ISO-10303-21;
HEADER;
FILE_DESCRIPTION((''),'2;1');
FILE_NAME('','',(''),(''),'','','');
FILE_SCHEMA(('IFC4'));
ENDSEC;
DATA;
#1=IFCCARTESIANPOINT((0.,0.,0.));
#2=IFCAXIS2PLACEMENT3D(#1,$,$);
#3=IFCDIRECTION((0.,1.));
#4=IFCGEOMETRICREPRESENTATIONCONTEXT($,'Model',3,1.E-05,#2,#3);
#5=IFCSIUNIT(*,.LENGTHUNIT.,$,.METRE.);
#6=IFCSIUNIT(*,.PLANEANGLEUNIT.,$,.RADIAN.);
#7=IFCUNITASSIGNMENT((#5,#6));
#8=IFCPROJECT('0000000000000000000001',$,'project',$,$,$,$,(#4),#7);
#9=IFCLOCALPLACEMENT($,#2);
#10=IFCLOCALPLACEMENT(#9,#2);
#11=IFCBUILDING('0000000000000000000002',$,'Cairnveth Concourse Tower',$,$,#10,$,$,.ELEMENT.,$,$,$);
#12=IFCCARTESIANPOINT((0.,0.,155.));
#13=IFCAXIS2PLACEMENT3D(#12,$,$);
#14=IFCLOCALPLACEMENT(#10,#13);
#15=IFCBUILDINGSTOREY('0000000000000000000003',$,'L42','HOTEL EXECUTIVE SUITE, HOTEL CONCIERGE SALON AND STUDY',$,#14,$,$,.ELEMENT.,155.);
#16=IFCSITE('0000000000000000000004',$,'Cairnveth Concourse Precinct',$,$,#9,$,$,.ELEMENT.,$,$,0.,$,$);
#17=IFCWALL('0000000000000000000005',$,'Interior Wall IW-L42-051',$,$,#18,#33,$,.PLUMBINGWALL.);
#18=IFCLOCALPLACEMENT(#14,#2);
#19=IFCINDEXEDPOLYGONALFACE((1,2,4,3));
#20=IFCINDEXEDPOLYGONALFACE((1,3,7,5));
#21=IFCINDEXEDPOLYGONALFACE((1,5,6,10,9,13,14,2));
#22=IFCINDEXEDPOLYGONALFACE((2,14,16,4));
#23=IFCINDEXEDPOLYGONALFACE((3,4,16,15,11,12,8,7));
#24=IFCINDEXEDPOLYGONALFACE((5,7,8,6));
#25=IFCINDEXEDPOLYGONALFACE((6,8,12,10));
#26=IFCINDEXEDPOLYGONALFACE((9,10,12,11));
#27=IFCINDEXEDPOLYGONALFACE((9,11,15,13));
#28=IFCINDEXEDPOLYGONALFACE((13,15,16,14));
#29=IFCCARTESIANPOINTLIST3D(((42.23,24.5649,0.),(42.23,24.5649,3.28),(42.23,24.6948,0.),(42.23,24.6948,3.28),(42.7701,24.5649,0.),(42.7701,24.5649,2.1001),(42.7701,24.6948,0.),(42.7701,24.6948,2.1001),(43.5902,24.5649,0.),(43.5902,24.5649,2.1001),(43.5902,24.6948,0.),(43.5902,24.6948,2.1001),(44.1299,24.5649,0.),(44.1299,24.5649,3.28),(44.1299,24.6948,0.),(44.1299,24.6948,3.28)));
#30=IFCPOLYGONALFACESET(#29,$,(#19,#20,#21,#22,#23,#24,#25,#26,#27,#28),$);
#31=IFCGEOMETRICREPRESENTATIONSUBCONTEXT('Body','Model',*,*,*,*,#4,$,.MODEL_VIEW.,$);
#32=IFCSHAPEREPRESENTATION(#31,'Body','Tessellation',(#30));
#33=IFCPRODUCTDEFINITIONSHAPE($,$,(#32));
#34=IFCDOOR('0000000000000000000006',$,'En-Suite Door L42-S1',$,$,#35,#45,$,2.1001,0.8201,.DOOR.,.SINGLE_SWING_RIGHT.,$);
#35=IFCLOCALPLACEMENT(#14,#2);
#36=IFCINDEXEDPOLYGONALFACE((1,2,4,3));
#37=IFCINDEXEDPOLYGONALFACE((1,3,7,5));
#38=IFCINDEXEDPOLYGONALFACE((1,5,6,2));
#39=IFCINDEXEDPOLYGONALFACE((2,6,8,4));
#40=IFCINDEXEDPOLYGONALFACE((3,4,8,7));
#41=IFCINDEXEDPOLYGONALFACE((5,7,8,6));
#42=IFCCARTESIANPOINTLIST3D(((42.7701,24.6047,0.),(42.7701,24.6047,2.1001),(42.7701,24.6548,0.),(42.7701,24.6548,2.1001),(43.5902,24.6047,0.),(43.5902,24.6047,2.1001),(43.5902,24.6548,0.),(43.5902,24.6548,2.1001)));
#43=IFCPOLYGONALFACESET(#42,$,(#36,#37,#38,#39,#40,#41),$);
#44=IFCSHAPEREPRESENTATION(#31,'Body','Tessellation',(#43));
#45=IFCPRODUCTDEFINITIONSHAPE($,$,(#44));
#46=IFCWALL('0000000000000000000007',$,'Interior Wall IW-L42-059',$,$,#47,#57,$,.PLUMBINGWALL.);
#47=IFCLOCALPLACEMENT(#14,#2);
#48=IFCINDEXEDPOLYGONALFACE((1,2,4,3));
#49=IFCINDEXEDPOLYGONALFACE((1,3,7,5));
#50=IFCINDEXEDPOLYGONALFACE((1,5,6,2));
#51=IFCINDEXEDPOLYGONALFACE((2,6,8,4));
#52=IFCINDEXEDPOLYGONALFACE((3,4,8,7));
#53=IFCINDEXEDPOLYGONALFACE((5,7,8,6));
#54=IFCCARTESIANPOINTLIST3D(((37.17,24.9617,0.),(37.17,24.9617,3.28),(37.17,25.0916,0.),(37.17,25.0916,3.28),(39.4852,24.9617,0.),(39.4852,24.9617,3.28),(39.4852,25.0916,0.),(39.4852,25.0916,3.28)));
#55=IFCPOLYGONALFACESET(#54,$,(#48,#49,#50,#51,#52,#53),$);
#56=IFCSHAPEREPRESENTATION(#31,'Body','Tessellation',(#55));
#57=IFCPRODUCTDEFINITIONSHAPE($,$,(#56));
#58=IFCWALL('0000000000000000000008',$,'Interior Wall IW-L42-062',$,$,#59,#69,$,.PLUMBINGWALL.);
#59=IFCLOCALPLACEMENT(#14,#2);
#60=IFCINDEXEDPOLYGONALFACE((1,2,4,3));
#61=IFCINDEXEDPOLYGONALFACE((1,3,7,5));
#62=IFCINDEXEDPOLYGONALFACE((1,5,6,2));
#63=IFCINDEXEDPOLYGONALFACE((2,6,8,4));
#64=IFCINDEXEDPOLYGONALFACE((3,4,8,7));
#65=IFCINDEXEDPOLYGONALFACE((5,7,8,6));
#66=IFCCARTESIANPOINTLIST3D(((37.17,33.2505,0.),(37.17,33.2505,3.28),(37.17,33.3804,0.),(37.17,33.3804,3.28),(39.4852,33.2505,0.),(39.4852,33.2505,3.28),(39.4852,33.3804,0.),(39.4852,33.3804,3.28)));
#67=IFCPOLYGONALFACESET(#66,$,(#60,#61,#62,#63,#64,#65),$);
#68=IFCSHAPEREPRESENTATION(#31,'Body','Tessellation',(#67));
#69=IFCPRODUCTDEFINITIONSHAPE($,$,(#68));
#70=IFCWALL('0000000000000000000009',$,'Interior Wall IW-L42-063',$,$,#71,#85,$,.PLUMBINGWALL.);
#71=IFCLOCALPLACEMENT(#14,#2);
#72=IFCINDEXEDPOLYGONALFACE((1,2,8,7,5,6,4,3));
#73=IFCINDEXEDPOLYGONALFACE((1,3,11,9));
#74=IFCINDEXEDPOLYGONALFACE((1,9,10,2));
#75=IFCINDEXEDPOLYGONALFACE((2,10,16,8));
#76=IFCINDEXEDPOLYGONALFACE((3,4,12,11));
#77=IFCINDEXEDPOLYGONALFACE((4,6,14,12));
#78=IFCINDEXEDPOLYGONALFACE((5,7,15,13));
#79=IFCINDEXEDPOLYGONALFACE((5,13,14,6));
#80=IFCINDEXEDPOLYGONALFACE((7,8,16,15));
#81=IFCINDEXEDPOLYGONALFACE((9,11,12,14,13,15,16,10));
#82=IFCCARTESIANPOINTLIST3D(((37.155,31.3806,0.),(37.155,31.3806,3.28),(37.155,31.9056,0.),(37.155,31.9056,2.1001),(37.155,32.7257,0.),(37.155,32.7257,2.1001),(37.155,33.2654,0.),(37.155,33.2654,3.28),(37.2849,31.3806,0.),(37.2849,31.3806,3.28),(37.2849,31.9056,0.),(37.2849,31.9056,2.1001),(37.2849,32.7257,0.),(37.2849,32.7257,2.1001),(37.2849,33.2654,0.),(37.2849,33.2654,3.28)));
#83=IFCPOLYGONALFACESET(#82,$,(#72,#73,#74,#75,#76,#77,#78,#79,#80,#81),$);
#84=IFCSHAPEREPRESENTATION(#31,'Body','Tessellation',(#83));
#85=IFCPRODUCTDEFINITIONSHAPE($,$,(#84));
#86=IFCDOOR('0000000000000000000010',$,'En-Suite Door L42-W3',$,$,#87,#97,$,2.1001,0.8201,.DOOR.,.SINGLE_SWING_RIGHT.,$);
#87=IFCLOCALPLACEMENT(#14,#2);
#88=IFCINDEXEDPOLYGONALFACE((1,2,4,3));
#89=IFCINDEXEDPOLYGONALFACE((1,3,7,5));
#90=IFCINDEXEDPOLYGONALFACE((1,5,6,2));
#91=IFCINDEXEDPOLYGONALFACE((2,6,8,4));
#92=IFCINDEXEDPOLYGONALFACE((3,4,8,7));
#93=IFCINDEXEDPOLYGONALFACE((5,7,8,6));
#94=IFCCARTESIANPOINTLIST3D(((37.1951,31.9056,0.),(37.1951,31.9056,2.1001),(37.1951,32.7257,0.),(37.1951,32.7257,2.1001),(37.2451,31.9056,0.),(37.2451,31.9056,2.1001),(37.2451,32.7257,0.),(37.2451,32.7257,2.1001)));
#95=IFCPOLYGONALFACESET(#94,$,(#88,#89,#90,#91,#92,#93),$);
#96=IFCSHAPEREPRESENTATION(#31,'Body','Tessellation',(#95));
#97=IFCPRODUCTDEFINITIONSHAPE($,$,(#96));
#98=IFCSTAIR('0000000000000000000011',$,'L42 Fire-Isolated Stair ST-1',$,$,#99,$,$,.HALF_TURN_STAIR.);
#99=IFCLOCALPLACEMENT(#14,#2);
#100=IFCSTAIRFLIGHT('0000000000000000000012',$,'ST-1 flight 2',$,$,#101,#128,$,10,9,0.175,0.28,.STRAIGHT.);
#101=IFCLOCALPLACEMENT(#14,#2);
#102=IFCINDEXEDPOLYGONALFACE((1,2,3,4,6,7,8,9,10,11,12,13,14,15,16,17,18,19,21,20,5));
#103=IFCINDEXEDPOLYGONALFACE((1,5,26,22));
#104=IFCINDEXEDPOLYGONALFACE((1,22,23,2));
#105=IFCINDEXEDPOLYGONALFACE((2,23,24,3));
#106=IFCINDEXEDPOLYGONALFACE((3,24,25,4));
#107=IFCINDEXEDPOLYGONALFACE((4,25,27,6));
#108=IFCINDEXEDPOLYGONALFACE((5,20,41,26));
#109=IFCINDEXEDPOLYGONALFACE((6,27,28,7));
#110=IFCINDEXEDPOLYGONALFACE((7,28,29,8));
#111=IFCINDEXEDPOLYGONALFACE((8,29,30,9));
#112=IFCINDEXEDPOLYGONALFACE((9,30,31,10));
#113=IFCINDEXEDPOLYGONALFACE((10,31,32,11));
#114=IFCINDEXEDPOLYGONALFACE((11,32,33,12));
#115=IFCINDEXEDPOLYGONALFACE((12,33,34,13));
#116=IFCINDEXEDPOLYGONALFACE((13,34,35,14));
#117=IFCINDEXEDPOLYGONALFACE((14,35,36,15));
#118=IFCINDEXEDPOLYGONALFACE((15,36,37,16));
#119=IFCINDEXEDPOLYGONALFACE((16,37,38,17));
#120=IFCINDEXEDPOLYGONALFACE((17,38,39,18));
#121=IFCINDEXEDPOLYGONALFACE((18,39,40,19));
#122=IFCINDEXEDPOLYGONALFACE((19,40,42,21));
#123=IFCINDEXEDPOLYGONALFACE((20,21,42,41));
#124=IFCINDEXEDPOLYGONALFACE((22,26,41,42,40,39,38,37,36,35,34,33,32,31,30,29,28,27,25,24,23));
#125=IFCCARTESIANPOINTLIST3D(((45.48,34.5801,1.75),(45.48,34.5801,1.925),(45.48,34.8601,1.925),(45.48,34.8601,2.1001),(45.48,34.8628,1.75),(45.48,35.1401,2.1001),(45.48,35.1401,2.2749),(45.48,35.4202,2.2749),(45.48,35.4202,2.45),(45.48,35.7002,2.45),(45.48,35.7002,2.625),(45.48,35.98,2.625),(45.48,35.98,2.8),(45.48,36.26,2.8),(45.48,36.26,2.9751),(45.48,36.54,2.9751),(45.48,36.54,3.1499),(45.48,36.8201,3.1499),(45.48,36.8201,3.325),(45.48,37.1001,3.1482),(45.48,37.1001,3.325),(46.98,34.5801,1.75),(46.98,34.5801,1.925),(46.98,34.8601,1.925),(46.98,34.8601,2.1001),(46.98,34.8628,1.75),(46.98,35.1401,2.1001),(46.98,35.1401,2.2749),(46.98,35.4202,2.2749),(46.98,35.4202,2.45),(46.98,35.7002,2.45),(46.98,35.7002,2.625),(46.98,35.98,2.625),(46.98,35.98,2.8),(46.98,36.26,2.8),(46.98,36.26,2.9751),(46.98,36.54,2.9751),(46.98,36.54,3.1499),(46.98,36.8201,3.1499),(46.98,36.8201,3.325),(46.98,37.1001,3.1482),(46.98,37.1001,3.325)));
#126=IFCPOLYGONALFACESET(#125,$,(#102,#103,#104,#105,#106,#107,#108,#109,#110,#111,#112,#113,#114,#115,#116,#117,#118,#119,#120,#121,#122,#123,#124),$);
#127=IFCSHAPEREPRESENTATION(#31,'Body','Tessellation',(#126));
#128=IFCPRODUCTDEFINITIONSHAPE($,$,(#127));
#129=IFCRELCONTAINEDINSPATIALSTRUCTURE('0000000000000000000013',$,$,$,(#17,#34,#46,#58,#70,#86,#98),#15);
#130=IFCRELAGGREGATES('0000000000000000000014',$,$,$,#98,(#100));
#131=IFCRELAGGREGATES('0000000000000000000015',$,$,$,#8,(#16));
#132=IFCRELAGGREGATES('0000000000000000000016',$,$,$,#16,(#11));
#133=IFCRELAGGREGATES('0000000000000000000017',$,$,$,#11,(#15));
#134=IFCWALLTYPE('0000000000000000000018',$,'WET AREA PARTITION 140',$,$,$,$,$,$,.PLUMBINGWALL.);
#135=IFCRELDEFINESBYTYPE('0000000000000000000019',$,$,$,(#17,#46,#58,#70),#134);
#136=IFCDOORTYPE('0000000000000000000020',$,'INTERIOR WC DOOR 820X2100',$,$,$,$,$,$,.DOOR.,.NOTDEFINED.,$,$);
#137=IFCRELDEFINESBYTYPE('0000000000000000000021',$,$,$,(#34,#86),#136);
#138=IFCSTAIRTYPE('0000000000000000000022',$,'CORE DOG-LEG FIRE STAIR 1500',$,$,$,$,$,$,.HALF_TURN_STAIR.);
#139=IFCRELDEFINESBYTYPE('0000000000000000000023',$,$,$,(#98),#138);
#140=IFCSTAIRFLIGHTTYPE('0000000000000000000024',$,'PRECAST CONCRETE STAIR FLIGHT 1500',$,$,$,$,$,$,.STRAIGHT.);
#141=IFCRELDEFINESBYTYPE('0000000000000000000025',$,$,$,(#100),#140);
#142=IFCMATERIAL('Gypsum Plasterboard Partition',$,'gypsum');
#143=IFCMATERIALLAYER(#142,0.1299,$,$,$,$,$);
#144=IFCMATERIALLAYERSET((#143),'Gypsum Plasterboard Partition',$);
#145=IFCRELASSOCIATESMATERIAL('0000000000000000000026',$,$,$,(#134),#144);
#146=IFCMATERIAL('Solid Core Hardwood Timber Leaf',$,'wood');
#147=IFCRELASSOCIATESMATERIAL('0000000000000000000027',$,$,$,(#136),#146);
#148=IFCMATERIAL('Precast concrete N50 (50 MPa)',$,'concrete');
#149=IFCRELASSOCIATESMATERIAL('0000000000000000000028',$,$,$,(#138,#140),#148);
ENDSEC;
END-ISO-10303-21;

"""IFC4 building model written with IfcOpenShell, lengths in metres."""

from ifc_helpers import new_model, si_unit, direction, frame, frame_2d, origin, place, context, subcontext, project, spatial, polyline, rectangle, outline, extrude, material, layer, layer_set, type_object, element, fill, aggregate, save


model = new_model("IFC4")

# Units and contexts
model_context = context("Model", 3, precision=1e-05, world=origin(), true_north=direction((0.0, 1.0)))
body_context = subcontext(model_context, "Body", "Model", "MODEL_VIEW")
ifc_project = project(units=[si_unit("LENGTHUNIT", "METRE"), si_unit("PLANEANGLEUNIT", "RADIAN")], contexts=[model_context])

# Site, building, storey
site_placement = place(None, origin())
site = spatial("IfcSite", under=ifc_project, at=site_placement, Name="Cairnveth Concourse Precinct", CompositionType="ELEMENT", RefElevation=0.0)
building_placement = place(site_placement, origin())
building = spatial("IfcBuilding", under=site, at=building_placement, Name="Cairnveth Concourse Tower", CompositionType="ELEMENT")
storey_placement = place(building_placement, frame((0.0, 0.0, 155.0)))
storey = spatial("IfcBuildingStorey", under=building, at=storey_placement, Name="L42", Description="HOTEL EXECUTIVE SUITE, HOTEL CONCIERGE SALON AND STUDY", CompositionType="ELEMENT", Elevation=155.0)

# Shared definitions
ifc_material_1 = material(Name="Gypsum Plasterboard Partition", Category="gypsum")

# Shared definitions
ifc_material_2 = material(Name="Solid Core Hardwood Timber Leaf", Category="wood")

# Shared definitions
ifc_layer_1 = layer(ifc_material_1, 0.1299)
ifc_layer_set_1 = layer_set([ifc_layer_1], Name="Gypsum Plasterboard Partition")
wall_type_1 = type_object("IfcWallType", Name="WET AREA PARTITION 140", PredefinedType="PLUMBINGWALL", material=ifc_layer_set_1)

# Wall, opening, door
wall_1_placement = place(storey_placement, frame((42.23, 24.6299, 0.0), z_axis=(0.0, 0.0, 1.0), x_axis=(1.0, 0.0, 0.0)))
wall_1 = element("IfcWall", 1, at=wall_1_placement, inside=storey, type_object=wall_type_1, Name="Interior Wall IW-L42-051", PredefinedType="PLUMBINGWALL", context=body_context, shape_type="SweptSolid", body=[
    extrude(rectangle(XDim=1.8999, YDim=0.1299, at=frame_2d((0.95, 0.0))), origin(), (0.0, 0.0, 1.0), 3.28),
])
opening_1_placement = place(wall_1_placement, frame((0.54, 0.0, 0.0)))
opening_1 = element("IfcOpeningElement", 2, at=opening_1_placement, cuts=wall_1, PredefinedType="OPENING", context=body_context, shape_type="SweptSolid", body=[
    extrude(rectangle(XDim=0.8201, YDim=2.1001, at=frame_2d((0.4102, 1.05))), frame((0.0, 0.075, 0.0), z_axis=(0.0, -1.0, 0.0), x_axis=(1.0, 0.0, 0.0)), (0.0, 0.0, 1.0), 0.1499),
])
door_type_1 = type_object("IfcDoorType", Name="INTERIOR WC DOOR 820X2100", OperationType="NOTDEFINED", PredefinedType="DOOR", material=ifc_material_2)
door_1_placement = place(opening_1_placement, origin())
door_1 = element("IfcDoor", 3, at=door_1_placement, inside=storey, type_object=door_type_1, Name="En-Suite Door L42-S1", OperationType="SINGLE_SWING_RIGHT", OverallHeight=2.1001, OverallWidth=0.8201, PredefinedType="DOOR", context=body_context, shape_type="SweptSolid", body=[
    extrude(rectangle(XDim=0.8201, YDim=2.1001, at=frame_2d((0.4102, 1.05))), frame((0.0, 0.0249, 0.0), z_axis=(0.0, -1.0, 0.0), x_axis=(1.0, 0.0, 0.0)), (0.0, 0.0, 1.0), 0.05),
])
fill(opening_1, door_1)

# Walls
for number, where, z_axis, x_axis, name in (
    (4, (37.1699, 25.0266, 0.0), (0.0, 0.0, 1.0), (1.0, 0.0, 0.0), "Interior Wall IW-L42-059"),
    (5, (37.1699, 33.3154, 0.0), (0.0, 0.0, 1.0), (1.0, 0.0, 0.0), "Interior Wall IW-L42-062"),
):
    element("IfcWall", number, at=place(storey_placement, frame(where, z_axis=z_axis, x_axis=x_axis)), inside=storey, type_object=wall_type_1, Name=name, PredefinedType="PLUMBINGWALL", context=body_context, shape_type="SweptSolid", body=[
        extrude(rectangle(XDim=2.3152, YDim=0.1299, at=frame_2d((1.1577, 0.0))), origin(), (0.0, 0.0, 1.0), 3.28),
    ])

# Wall, opening, door
wall_2_placement = place(storey_placement, frame((37.22, 31.3806, 0.0), z_axis=(0.0, 0.0, 1.0), x_axis=(0.0, 1.0, 0.0)))
wall_2 = element("IfcWall", 6, at=wall_2_placement, inside=storey, type_object=wall_type_1, Name="Interior Wall IW-L42-063", PredefinedType="PLUMBINGWALL", context=body_context, shape_type="SweptSolid", body=[
    extrude(rectangle(XDim=1.8848, YDim=0.1299, at=frame_2d((0.9424, 0.0))), origin(), (0.0, 0.0, 1.0), 3.28),
])
opening_2_placement = place(wall_2_placement, frame((0.5249, 0.0, 0.0)))
opening_2 = element("IfcOpeningElement", 7, at=opening_2_placement, cuts=wall_2, PredefinedType="OPENING", context=body_context, shape_type="SweptSolid", body=[
    extrude(rectangle(XDim=0.8201, YDim=2.1001, at=frame_2d((0.4102, 1.05))), frame((0.0, 0.075, 0.0), z_axis=(0.0, -1.0, 0.0), x_axis=(1.0, 0.0, 0.0)), (0.0, 0.0, 1.0), 0.1499),
])
door_2_placement = place(opening_2_placement, origin())
door_2 = element("IfcDoor", 8, at=door_2_placement, inside=storey, type_object=door_type_1, Name="En-Suite Door L42-W3", OperationType="SINGLE_SWING_RIGHT", OverallHeight=2.1001, OverallWidth=0.8201, PredefinedType="DOOR", context=body_context, shape_type="SweptSolid", body=[
    extrude(rectangle(XDim=0.8201, YDim=2.1001, at=frame_2d((0.4102, 1.05))), frame((0.0, 0.0249, 0.0), z_axis=(0.0, -1.0, 0.0), x_axis=(1.0, 0.0, 0.0)), (0.0, 0.0, 1.0), 0.05),
])
fill(opening_2, door_2)

# Stair, stair flight
ifc_material_3 = material(Name="Precast concrete N50 (50 MPa)", Category="concrete")
stair_type = type_object("IfcStairType", Name="CORE DOG-LEG FIRE STAIR 1500", PredefinedType="HALF_TURN_STAIR", material=ifc_material_3)
stair_placement = place(storey_placement, origin())
stair = element("IfcStair", 9, at=stair_placement, inside=storey, type_object=stair_type, Name="L42 Fire-Isolated Stair ST-1", PredefinedType="HALF_TURN_STAIR")
stair_flight_type = type_object("IfcStairFlightType", Name="PRECAST CONCRETE STAIR FLIGHT 1500", PredefinedType="STRAIGHT", material=ifc_material_3)
stair_flight_placement = place(storey_placement, frame((46.23, 34.5801, 1.75), z_axis=(0.0, 0.0, 1.0), x_axis=(0.0, 1.0, 0.0)))
stair_flight = element("IfcStairFlight", 10, at=stair_flight_placement, type_object=stair_flight_type, Name="ST-1 flight 2", NumberOfRisers=10, NumberOfTreads=9, PredefinedType="STRAIGHT", RiserHeight=0.175, TreadLength=0.28, context=body_context, shape_type="SweptSolid", body=[
    extrude(outline(polyline([(0.0, 0.0), (0.0, 0.175), (0.28, 0.175), (0.28, 0.3501), (0.5601, 0.3501), (0.5601, 0.5249), (0.8401, 0.5249), (0.8401, 0.7), (1.1201, 0.7), (1.1201, 0.875), (1.3999, 0.875), (1.3999, 1.05), (1.6799, 1.05), (1.6799, 1.2251), (1.96, 1.2251), (1.96, 1.3999), (2.24, 1.3999), (2.24, 1.575), (2.52, 1.575), (2.52, 1.75), (2.52, 1.3982), (0.2827, 0.0), (0.0, 0.0)])), frame((0.0, 0.75, 0.0), z_axis=(0.0, -1.0, 0.0), x_axis=(1.0, 0.0, 0.0)), (0.0, 0.0, 1.0), 1.5),
])
aggregate(stair, [stair_flight])

save(model, "model.ifc")
